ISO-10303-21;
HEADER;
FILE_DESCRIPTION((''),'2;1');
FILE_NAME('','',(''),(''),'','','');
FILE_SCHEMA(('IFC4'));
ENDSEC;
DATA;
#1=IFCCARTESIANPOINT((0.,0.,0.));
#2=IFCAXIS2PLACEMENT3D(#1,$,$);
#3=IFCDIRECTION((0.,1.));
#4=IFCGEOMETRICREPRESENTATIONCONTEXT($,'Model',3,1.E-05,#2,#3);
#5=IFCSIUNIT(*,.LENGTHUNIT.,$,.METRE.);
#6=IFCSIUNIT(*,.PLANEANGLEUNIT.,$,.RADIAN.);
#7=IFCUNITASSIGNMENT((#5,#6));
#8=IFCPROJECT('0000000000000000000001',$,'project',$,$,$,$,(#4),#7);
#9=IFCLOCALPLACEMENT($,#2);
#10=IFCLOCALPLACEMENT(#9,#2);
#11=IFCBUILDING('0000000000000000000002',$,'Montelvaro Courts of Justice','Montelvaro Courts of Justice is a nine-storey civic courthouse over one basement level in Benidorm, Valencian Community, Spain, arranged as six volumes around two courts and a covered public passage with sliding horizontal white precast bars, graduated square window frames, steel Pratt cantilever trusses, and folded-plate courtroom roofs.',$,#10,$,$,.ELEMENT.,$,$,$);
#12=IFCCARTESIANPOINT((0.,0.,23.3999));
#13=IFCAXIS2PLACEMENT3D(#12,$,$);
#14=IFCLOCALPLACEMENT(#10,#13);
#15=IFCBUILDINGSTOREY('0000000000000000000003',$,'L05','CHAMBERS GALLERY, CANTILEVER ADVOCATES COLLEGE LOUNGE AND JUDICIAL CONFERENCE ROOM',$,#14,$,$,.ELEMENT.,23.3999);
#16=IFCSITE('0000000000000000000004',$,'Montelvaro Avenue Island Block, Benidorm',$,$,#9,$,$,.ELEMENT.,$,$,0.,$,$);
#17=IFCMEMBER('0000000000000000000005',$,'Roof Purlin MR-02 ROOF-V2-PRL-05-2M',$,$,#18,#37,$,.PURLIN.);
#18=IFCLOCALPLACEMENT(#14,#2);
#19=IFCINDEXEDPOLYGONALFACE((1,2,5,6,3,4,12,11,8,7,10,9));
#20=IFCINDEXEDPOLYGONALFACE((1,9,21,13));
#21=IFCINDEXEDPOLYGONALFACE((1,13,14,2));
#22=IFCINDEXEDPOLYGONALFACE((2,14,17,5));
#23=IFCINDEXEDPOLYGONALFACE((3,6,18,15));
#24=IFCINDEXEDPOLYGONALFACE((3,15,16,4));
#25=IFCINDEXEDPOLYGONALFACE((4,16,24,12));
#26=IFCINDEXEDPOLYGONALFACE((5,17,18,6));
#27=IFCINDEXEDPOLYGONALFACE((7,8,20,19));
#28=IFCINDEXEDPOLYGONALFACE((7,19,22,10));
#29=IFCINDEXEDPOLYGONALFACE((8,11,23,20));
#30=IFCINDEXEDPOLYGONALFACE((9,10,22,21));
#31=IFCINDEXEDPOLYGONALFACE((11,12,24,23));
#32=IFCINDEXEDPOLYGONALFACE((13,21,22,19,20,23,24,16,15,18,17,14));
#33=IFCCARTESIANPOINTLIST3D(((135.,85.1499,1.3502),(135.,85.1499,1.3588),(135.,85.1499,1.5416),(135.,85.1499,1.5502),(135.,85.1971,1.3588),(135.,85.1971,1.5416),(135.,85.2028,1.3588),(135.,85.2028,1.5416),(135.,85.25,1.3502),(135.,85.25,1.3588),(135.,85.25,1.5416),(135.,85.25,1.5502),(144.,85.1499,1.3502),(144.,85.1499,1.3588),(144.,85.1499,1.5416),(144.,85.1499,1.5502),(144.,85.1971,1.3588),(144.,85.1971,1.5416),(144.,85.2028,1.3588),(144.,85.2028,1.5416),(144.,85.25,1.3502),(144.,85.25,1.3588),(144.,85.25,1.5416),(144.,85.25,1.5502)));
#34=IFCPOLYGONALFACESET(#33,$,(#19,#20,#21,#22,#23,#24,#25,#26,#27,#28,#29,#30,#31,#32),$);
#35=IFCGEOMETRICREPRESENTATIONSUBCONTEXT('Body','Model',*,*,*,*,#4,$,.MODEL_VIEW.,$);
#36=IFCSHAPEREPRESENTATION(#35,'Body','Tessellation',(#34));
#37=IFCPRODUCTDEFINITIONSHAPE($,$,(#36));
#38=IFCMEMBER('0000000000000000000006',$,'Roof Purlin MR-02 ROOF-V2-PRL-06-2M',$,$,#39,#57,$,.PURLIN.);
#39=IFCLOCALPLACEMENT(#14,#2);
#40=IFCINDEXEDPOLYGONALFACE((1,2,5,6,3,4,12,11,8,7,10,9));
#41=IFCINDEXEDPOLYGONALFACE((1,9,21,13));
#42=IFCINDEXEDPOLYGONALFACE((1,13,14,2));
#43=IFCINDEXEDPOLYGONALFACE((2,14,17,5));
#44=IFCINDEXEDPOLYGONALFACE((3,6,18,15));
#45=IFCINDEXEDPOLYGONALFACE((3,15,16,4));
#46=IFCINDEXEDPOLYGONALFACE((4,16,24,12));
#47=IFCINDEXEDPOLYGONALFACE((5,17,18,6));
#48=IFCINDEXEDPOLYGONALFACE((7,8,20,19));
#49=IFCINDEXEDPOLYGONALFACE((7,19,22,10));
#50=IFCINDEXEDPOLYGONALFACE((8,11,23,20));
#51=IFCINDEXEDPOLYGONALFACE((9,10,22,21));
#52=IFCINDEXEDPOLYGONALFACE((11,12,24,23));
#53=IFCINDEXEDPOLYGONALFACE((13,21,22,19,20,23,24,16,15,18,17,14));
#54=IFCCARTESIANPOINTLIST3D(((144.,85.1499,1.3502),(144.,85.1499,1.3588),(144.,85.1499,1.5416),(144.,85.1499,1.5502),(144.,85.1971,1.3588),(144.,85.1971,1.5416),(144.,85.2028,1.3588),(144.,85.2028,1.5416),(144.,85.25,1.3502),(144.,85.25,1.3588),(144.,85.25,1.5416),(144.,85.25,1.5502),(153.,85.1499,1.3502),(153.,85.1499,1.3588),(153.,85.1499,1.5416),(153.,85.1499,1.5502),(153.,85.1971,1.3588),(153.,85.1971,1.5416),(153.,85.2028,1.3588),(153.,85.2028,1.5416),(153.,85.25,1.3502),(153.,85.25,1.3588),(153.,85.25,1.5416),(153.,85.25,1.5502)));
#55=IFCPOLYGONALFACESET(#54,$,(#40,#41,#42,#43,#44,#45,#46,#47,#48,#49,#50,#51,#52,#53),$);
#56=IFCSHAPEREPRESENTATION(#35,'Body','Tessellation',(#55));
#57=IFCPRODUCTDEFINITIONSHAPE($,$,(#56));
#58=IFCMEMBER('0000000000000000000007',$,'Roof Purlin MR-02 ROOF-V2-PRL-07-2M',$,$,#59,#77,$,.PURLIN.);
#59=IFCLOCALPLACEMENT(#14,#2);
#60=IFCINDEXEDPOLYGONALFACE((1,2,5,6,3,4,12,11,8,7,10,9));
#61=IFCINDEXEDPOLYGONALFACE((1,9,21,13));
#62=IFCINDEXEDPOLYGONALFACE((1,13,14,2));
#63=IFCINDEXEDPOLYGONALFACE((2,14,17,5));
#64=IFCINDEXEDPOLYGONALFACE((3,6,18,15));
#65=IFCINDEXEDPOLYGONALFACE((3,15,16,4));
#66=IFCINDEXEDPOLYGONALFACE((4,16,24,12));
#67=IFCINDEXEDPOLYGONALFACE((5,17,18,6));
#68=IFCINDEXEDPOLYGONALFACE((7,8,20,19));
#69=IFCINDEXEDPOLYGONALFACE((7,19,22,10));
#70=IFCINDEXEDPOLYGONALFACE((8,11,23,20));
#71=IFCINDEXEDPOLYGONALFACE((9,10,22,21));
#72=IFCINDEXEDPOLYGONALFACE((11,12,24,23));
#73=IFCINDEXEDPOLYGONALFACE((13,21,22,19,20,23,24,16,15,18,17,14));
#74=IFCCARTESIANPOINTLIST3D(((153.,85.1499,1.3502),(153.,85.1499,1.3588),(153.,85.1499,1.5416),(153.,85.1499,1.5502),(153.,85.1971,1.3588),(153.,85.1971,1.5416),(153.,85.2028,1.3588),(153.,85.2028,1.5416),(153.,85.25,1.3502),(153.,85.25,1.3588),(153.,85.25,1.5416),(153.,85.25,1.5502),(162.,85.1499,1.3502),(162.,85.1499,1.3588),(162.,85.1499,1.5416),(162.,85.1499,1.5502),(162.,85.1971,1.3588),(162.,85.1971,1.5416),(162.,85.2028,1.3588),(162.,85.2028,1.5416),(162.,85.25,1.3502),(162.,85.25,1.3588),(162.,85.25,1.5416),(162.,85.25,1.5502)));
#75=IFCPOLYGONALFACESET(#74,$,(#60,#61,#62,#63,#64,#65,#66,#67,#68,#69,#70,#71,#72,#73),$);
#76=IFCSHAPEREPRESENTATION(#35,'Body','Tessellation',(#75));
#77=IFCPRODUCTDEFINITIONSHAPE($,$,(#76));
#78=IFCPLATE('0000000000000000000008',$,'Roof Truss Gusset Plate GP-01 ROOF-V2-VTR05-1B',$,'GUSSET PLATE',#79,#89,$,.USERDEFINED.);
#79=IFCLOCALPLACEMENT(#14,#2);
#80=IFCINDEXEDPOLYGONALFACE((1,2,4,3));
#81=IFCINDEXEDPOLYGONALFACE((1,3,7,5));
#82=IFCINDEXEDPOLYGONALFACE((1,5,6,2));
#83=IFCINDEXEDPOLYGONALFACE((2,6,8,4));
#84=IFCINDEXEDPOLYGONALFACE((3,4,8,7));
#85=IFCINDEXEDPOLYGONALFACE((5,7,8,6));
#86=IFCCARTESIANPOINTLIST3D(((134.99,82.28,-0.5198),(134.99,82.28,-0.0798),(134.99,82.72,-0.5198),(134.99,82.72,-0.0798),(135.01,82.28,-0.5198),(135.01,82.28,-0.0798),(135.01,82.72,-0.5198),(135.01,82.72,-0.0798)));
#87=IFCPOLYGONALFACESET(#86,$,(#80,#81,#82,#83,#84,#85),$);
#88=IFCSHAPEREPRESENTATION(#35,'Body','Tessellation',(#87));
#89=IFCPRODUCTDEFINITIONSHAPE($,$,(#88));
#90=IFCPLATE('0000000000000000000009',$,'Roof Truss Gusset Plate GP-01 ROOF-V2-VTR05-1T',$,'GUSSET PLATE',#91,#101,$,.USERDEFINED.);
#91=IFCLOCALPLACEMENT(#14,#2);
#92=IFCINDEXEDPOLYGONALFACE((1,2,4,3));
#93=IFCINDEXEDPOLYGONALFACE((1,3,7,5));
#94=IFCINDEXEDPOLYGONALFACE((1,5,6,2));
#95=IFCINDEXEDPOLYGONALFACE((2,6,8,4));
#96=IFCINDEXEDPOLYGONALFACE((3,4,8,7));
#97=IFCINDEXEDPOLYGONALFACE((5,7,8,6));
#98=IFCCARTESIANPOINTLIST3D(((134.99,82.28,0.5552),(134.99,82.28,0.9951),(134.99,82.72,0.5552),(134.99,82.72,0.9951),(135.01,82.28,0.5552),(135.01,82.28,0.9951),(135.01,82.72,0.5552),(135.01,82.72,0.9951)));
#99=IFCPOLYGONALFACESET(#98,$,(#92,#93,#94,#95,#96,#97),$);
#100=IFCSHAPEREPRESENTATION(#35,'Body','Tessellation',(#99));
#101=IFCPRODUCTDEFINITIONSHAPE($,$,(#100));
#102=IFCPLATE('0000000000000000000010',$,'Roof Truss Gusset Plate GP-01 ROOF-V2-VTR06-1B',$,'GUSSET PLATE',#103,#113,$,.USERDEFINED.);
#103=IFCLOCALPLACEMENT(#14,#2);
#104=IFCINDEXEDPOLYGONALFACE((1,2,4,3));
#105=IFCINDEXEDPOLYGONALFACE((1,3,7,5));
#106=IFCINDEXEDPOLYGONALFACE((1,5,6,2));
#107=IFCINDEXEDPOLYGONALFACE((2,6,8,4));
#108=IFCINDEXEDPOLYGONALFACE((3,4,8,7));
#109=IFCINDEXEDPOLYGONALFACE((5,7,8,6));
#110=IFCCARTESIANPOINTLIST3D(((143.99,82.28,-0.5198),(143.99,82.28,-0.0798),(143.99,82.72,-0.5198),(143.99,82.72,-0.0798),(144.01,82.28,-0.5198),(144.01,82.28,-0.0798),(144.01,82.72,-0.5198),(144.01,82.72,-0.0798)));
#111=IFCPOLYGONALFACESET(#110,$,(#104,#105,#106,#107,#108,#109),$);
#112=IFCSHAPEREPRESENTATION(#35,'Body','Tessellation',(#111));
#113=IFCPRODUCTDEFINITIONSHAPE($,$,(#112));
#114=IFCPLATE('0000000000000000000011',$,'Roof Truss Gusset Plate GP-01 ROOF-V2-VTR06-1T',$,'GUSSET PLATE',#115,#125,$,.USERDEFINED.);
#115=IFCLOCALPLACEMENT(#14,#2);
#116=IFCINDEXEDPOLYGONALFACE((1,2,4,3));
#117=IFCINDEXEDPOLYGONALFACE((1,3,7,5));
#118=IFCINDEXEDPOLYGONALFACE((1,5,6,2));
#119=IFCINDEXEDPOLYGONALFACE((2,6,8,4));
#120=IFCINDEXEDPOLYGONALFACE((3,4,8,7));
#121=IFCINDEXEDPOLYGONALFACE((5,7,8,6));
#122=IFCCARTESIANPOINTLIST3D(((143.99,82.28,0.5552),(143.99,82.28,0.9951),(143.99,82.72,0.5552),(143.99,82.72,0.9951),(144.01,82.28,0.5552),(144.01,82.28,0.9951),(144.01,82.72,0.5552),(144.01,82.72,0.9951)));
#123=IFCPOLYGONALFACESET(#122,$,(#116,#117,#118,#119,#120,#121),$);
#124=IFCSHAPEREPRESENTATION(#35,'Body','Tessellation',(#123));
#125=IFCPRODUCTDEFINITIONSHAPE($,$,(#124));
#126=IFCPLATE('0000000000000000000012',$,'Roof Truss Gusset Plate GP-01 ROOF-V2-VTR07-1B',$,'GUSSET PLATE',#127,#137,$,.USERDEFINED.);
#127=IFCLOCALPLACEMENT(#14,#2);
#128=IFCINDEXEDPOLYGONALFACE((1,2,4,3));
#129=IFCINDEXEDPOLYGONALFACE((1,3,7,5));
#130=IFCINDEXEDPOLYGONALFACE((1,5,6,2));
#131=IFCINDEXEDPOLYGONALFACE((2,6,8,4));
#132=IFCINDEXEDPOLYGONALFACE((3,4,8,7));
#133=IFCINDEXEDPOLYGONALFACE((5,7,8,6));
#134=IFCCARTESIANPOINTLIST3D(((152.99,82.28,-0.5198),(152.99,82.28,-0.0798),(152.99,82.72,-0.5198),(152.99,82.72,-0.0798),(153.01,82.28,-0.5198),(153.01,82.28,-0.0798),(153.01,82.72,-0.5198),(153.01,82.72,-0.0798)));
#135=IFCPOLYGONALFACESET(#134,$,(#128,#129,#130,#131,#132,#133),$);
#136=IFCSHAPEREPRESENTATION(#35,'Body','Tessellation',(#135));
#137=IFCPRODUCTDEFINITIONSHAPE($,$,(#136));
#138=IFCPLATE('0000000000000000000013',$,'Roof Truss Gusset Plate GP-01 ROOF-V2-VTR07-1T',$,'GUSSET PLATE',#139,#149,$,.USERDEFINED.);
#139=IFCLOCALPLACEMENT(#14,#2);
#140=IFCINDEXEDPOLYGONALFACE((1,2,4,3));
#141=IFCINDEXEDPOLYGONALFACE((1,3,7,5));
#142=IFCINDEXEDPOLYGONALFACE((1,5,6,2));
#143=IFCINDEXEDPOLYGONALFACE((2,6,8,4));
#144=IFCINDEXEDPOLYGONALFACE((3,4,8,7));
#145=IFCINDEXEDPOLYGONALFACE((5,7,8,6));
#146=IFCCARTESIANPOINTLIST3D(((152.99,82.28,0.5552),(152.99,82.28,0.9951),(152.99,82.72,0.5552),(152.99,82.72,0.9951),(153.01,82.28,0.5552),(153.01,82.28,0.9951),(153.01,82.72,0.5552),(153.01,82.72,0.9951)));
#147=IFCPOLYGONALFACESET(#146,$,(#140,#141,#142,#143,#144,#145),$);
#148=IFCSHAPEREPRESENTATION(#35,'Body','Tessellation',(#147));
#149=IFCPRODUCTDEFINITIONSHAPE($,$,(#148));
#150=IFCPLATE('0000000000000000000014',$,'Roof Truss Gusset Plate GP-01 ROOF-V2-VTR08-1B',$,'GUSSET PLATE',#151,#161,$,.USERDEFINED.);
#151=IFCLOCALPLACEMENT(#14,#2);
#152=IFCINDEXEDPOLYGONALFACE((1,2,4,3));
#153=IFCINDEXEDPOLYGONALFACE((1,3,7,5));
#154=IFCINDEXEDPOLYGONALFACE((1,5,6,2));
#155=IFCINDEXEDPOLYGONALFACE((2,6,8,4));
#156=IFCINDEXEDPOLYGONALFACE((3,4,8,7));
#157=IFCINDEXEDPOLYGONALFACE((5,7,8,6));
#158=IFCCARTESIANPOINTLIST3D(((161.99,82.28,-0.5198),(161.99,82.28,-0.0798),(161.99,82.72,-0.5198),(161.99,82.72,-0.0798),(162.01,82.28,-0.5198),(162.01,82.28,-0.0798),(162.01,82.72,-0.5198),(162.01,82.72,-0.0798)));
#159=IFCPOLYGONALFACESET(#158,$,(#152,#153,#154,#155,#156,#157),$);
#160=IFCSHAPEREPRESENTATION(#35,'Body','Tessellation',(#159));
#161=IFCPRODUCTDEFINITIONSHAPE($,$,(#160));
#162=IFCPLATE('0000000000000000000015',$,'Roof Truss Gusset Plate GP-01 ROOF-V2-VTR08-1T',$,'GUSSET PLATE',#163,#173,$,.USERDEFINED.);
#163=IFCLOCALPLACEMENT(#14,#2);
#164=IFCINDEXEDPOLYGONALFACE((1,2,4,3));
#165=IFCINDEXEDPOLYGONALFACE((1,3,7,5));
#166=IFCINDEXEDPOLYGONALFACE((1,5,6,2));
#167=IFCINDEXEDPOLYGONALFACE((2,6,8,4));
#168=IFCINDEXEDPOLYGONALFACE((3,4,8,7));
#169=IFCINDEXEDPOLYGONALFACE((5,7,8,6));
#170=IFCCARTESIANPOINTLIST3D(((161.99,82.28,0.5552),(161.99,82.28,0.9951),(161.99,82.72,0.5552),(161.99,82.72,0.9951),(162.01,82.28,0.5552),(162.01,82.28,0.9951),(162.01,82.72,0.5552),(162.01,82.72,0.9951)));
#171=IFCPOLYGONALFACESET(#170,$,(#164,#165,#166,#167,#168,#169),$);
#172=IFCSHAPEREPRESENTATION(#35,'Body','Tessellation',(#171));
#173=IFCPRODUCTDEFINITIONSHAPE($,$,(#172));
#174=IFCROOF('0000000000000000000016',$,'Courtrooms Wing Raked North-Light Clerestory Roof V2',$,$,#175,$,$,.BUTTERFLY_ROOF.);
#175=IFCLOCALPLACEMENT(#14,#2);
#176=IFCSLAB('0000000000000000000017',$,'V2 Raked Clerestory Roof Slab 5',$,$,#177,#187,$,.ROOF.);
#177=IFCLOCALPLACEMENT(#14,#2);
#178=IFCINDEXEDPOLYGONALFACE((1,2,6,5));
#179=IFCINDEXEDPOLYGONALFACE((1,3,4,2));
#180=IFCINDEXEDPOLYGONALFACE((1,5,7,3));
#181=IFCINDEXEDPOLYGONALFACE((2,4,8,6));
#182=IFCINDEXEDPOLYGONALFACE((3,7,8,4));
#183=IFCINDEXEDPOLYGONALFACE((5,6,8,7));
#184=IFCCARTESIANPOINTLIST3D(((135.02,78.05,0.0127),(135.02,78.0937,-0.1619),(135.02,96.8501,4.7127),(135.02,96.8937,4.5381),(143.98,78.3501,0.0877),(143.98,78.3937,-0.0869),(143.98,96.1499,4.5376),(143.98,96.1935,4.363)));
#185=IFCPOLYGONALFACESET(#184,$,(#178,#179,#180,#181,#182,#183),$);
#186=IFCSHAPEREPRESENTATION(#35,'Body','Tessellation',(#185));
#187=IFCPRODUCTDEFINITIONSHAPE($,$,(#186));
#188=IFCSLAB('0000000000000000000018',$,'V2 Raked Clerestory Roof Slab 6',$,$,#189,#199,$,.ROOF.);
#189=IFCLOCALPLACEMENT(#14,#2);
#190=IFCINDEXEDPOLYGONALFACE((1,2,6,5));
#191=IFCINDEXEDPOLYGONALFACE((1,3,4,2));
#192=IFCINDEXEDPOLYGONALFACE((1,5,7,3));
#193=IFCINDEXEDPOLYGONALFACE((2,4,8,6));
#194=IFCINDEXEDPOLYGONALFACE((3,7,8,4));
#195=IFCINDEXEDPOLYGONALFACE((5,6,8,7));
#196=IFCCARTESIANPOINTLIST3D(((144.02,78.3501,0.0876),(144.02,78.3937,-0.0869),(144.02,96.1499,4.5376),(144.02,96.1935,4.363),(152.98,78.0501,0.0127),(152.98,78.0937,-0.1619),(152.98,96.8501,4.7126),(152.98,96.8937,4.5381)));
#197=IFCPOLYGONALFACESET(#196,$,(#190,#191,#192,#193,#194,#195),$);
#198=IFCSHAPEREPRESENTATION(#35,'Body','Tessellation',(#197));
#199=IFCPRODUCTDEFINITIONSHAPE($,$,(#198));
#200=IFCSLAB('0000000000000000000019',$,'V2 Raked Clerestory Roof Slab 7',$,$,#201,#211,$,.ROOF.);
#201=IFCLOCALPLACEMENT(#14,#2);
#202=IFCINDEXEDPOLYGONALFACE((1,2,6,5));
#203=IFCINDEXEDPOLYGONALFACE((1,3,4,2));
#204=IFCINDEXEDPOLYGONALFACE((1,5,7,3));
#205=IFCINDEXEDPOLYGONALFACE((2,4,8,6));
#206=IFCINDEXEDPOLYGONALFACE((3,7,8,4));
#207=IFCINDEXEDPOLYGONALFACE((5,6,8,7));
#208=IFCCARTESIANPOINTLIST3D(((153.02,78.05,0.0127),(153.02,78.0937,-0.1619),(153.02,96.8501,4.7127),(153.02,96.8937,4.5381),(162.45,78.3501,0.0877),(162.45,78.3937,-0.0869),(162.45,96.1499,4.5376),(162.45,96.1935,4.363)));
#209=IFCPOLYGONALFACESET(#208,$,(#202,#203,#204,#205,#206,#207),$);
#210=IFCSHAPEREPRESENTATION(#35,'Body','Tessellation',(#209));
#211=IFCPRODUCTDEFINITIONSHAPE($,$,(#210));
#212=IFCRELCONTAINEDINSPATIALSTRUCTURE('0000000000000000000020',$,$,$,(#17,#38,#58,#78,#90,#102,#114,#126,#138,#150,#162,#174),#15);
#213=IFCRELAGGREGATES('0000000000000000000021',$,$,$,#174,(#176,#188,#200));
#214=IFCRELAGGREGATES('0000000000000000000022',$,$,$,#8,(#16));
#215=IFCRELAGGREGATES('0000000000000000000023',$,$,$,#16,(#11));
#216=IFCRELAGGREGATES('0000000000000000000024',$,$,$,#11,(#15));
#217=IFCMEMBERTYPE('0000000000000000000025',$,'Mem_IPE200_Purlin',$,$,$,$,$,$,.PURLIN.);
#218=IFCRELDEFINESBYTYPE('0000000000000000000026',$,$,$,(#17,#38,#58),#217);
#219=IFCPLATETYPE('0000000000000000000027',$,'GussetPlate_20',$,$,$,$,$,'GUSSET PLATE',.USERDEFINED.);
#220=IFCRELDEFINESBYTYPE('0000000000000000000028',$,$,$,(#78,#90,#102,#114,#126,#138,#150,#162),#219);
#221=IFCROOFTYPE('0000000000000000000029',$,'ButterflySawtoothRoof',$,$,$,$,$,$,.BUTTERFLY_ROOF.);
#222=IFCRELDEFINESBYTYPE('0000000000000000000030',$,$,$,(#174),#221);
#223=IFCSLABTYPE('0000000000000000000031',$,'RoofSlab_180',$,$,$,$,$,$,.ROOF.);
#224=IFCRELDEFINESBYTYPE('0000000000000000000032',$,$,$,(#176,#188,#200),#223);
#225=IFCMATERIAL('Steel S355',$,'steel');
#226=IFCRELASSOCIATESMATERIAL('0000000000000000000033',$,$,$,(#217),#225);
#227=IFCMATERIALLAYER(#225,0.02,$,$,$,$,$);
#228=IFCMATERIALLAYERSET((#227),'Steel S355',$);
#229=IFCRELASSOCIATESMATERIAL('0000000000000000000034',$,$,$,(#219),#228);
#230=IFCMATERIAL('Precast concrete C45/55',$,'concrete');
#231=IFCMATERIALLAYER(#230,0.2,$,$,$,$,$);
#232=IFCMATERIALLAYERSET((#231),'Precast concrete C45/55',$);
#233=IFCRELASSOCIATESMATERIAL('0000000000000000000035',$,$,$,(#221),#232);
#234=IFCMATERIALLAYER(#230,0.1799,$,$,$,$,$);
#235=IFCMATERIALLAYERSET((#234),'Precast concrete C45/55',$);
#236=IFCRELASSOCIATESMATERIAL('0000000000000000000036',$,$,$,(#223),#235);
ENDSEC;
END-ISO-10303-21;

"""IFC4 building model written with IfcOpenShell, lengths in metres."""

from ifc_helpers import new_model, si_unit, direction, frame, origin, origin_2d, place, context, subcontext, project, spatial, polyline, rectangle, i_section, outline, extrude, material, layer, layer_set, material_profile, profile_set, type_object, element, aggregate, save


model = new_model("IFC4")

# Units and contexts
model_context = context("Model", 3, precision=1e-05, world=origin(), true_north=direction((0.0, 1.0)))
body_context = subcontext(model_context, "Body", "Model", "MODEL_VIEW")
ifc_project = project(units=[si_unit("LENGTHUNIT", "METRE"), si_unit("PLANEANGLEUNIT", "RADIAN")], contexts=[model_context])

# Site, building, storey
site_placement = place(None, origin())
site = spatial("IfcSite", under=ifc_project, at=site_placement, Name="Montelvaro Avenue Island Block, Benidorm", CompositionType="ELEMENT", RefElevation=0.0)
building_placement = place(site_placement, origin())
building = spatial("IfcBuilding", under=site, at=building_placement, Name="Montelvaro Courts of Justice", Description="Montelvaro Courts of Justice is a nine-storey civic courthouse over one basement level in Benidorm, Valencian Community, Spain, arranged as six volumes around two courts and a covered public passage with sliding horizontal white precast bars, graduated square window frames, steel Pratt cantilever trusses, and folded-plate courtroom roofs.", CompositionType="ELEMENT")
storey_placement = place(building_placement, frame((0.0, 0.0, 23.3999)))
storey = spatial("IfcBuildingStorey", under=building, at=storey_placement, Name="L05", Description="CHAMBERS GALLERY, CANTILEVER ADVOCATES COLLEGE LOUNGE AND JUDICIAL CONFERENCE ROOM", CompositionType="ELEMENT", Elevation=23.3999)

# Members
ifc_material_1 = material(Name="Steel S355", Category="steel")
ifc_material_profile_1 = material_profile(ifc_material_1, i_section(OverallWidth=0.1001, OverallDepth=0.2, WebThickness=0.0056, FlangeThickness=0.0085, at=origin_2d()), Name="IPE 200")
ifc_profile_set_1 = profile_set([ifc_material_profile_1], Name="Steel S355")
member_type_1 = type_object("IfcMemberType", Name="Mem_IPE200_Purlin", PredefinedType="PURLIN", material=ifc_profile_set_1)
for number, where, z_axis, x_axis, name in (
    (1, (135.0, 85.2, 1.4502), (1.0, 0.0, 0.0), (0.0, 1.0, 0.0), "Roof Purlin MR-02 ROOF-V2-PRL-05-2M"),
    (2, (144.0, 85.2, 1.4502), (1.0, 0.0, 0.0), (0.0, 1.0, 0.0), "Roof Purlin MR-02 ROOF-V2-PRL-06-2M"),
    (3, (153.0, 85.2, 1.4502), (1.0, 0.0, 0.0), (0.0, 1.0, 0.0), "Roof Purlin MR-02 ROOF-V2-PRL-07-2M"),
):
    element("IfcMember", number, at=place(storey_placement, frame(where, z_axis=z_axis, x_axis=x_axis)), inside=storey, type_object=member_type_1, Name=name, PredefinedType="PURLIN", context=body_context, shape_type="SweptSolid", body=[
        extrude(i_section(OverallWidth=0.1001, OverallDepth=0.2, WebThickness=0.0056, FlangeThickness=0.0085, at=origin_2d()), origin(), (0.0, 0.0, 1.0), 9.0),
    ])

# Plates
ifc_layer_1 = layer(ifc_material_1, 0.02)
ifc_layer_set_1 = layer_set([ifc_layer_1], Name="Steel S355")
plate_type = type_object("IfcPlateType", Name="GussetPlate_20", ElementType="GUSSET PLATE", PredefinedType="USERDEFINED", material=ifc_layer_set_1)
for number, where, z_axis, x_axis, name in (
    (4, (135.0, 82.5, -0.5198), (0.0, 0.0, 1.0), (1.0, 0.0, 0.0), "Roof Truss Gusset Plate GP-01 ROOF-V2-VTR05-1B"),
    (5, (135.0, 82.5, 0.5552), (0.0, 0.0, 1.0), (1.0, 0.0, 0.0), "Roof Truss Gusset Plate GP-01 ROOF-V2-VTR05-1T"),
    (6, (144.0, 82.5, -0.5198), (0.0, 0.0, 1.0), (1.0, 0.0, 0.0), "Roof Truss Gusset Plate GP-01 ROOF-V2-VTR06-1B"),
    (7, (144.0, 82.5, 0.5552), (0.0, 0.0, 1.0), (1.0, 0.0, 0.0), "Roof Truss Gusset Plate GP-01 ROOF-V2-VTR06-1T"),
    (8, (153.0, 82.5, -0.5198), (0.0, 0.0, 1.0), (1.0, 0.0, 0.0), "Roof Truss Gusset Plate GP-01 ROOF-V2-VTR07-1B"),
    (9, (153.0, 82.5, 0.5552), (0.0, 0.0, 1.0), (1.0, 0.0, 0.0), "Roof Truss Gusset Plate GP-01 ROOF-V2-VTR07-1T"),
    (10, (162.0, 82.5, -0.5198), (0.0, 0.0, 1.0), (1.0, 0.0, 0.0), "Roof Truss Gusset Plate GP-01 ROOF-V2-VTR08-1B"),
    (11, (162.0, 82.5, 0.5552), (0.0, 0.0, 1.0), (1.0, 0.0, 0.0), "Roof Truss Gusset Plate GP-01 ROOF-V2-VTR08-1T"),
):
    element("IfcPlate", number, at=place(storey_placement, frame(where, z_axis=z_axis, x_axis=x_axis)), inside=storey, type_object=plate_type, Name=name, ObjectType="GUSSET PLATE", PredefinedType="USERDEFINED", context=body_context, shape_type="SweptSolid", body=[
        extrude(rectangle(XDim=0.02, YDim=0.4399, at=origin_2d()), origin(), (0.0, 0.0, 1.0), 0.4399),
    ])

# Roof, slabs
ifc_material_2 = material(Name="Precast concrete C45/55", Category="concrete")
ifc_layer_2 = layer(ifc_material_2, 0.2)
ifc_layer_set_2 = layer_set([ifc_layer_2], Name="Precast concrete C45/55")
roof_type = type_object("IfcRoofType", Name="ButterflySawtoothRoof", PredefinedType="BUTTERFLY_ROOF", material=ifc_layer_set_2)
roof_placement = place(storey_placement, origin())
roof = element("IfcRoof", 12, at=roof_placement, inside=storey, type_object=roof_type, Name="Courtrooms Wing Raked North-Light Clerestory Roof V2", PredefinedType="BUTTERFLY_ROOF")
ifc_layer_3 = layer(ifc_material_2, 0.1799)
ifc_layer_set_3 = layer_set([ifc_layer_3], Name="Precast concrete C45/55")
slab_type = type_object("IfcSlabType", Name="RoofSlab_180", PredefinedType="ROOF", material=ifc_layer_set_3)
slab_1_placement = place(storey_placement, frame((135.02, 78.05, 0.0127), z_axis=(0.000003, -0.242534, 0.970143), x_axis=(0.999405, 0.033467, 0.008363)))
slab_1 = element("IfcSlab", 13, at=slab_1_placement, type_object=slab_type, Name="V2 Raked Clerestory Roof Slab 5", PredefinedType="ROOF", context=body_context, shape_type="SweptSolid", body=[
    extrude(outline(polyline([(0.0, 0.0), (8.9653, 0.0), (9.5982, 18.3367), (0.6685, 19.3671), (0.0, 0.0)])), origin(), (0.0, 0.0, -1.0), 0.1799),
])
slab_2_placement = place(storey_placement, frame((144.02, 78.3501, 0.0876), z_axis=(-0.000003, -0.242534, 0.970143), x_axis=(0.999405, -0.033467, -0.008363)))
slab_2 = element("IfcSlab", 14, at=slab_2_placement, type_object=slab_type, Name="V2 Raked Clerestory Roof Slab 6", PredefinedType="ROOF", context=body_context, shape_type="SweptSolid", body=[
    extrude(outline(polyline([(0.0, 0.0), (8.9653, 0.0), (8.2968, 19.3671), (-0.6329, 18.3367), (0.0, 0.0)])), origin(), (0.0, 0.0, -1.0), 0.1799),
])
slab_3_placement = place(storey_placement, frame((153.02, 78.05, 0.0127), z_axis=(0.000003, -0.242534, 0.970143), x_axis=(0.999463, 0.031801, 0.007947)))
slab_3 = element("IfcSlab", 15, at=slab_3_placement, type_object=slab_type, Name="V2 Raked Clerestory Roof Slab 7", PredefinedType="ROOF", context=body_context, shape_type="SweptSolid", body=[
    extrude(outline(polyline([(0.0, 0.0), (9.435, 0.0), (10.0364, 18.3378), (0.6352, 19.3682), (0.0, 0.0)])), origin(), (0.0, 0.0, -1.0), 0.1799),
])
aggregate(roof, [slab_1, slab_2, slab_3])

save(model, "model.ifc")
